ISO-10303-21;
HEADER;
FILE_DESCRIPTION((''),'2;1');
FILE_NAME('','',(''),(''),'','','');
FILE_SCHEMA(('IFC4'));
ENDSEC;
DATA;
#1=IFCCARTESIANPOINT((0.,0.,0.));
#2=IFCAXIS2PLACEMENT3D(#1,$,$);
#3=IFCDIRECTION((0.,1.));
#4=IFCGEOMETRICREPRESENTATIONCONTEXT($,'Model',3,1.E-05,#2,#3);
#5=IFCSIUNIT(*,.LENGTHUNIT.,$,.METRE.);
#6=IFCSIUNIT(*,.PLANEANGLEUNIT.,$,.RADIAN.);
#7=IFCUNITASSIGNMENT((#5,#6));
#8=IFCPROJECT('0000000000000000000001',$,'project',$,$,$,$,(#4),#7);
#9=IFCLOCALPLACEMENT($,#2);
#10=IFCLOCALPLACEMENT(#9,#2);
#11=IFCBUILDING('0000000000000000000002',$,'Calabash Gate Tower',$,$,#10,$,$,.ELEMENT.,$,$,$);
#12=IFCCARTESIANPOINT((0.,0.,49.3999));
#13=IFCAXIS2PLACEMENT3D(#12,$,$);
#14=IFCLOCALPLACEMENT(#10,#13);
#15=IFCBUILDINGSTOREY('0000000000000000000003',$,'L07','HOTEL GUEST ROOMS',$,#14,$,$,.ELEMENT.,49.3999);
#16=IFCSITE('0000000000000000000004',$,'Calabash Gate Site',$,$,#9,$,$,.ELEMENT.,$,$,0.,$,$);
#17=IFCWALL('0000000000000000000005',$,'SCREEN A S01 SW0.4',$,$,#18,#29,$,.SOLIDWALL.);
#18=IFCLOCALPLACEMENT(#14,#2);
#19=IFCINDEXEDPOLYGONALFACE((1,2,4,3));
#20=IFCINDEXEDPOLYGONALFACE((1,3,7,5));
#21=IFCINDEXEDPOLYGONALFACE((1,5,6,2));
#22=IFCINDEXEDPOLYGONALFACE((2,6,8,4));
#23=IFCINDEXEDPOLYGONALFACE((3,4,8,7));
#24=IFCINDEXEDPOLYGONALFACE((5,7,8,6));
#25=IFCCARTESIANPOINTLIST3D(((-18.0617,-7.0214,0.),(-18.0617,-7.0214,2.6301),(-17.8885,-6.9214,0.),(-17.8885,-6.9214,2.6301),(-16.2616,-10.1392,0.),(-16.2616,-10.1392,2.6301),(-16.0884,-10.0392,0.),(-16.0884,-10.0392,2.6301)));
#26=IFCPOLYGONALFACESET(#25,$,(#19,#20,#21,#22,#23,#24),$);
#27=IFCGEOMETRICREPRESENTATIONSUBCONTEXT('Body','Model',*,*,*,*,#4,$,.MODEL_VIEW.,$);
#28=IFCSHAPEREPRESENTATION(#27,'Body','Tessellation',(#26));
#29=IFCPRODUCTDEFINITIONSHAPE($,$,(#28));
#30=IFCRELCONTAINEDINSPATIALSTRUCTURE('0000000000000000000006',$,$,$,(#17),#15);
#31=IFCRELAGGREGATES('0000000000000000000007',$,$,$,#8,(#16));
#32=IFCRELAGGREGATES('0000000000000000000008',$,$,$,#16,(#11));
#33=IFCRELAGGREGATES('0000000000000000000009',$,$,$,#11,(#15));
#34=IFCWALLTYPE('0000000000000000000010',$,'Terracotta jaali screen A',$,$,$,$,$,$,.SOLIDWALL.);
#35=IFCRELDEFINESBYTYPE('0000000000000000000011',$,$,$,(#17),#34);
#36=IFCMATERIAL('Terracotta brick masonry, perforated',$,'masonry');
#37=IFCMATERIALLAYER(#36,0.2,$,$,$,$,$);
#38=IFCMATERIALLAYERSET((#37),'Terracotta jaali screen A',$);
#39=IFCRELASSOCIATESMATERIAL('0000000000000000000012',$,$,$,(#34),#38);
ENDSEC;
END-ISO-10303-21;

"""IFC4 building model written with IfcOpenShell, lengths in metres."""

from ifc_helpers import new_model, si_unit, direction, frame, frame_2d, origin, place, context, subcontext, project, spatial, rectangle, extrude, material, layer, layer_set, type_object, element, save


model = new_model("IFC4")

# Units and contexts
model_context = context("Model", 3, precision=1e-05, world=origin(), true_north=direction((0.0, 1.0)))
body_context = subcontext(model_context, "Body", "Model", "MODEL_VIEW")
ifc_project = project(units=[si_unit("LENGTHUNIT", "METRE"), si_unit("PLANEANGLEUNIT", "RADIAN")], contexts=[model_context])

# Site, building, storey
site_placement = place(None, origin())
site = spatial("IfcSite", under=ifc_project, at=site_placement, Name="Calabash Gate Site", CompositionType="ELEMENT", RefElevation=0.0)
building_placement = place(site_placement, origin())
building = spatial("IfcBuilding", under=site, at=building_placement, Name="Calabash Gate Tower", CompositionType="ELEMENT")
storey_placement = place(building_placement, frame((0.0, 0.0, 49.3999)))
storey = spatial("IfcBuildingStorey", under=building, at=storey_placement, Name="L07", Description="HOTEL GUEST ROOMS", CompositionType="ELEMENT", Elevation=49.3999)

# Wall
ifc_material_1 = material(Name="Terracotta brick masonry, perforated", Category="masonry")
ifc_layer_1 = layer(ifc_material_1, 0.2)
ifc_layer_set_1 = layer_set([ifc_layer_1], Name="Terracotta jaali screen A")
wall_type_1 = type_object("IfcWallType", Name="Terracotta jaali screen A", PredefinedType="SOLIDWALL", material=ifc_layer_set_1)
for number, where, z_axis, x_axis, name in (
    (1, (-17.9751, -6.9714, 0.0), (0.0, 0.0, 1.0), (0.500012, -0.866018, 0.0), "SCREEN A S01 SW0.4"),
):
    element("IfcWall", number, at=place(storey_placement, frame(where, z_axis=z_axis, x_axis=x_axis)), inside=storey, type_object=wall_type_1, Name=name, PredefinedType="SOLIDWALL", context=body_context, shape_type="SweptSolid", body=[
        extrude(rectangle(XDim=3.6001, YDim=0.2, at=frame_2d((1.8, 0.0))), origin(), (0.0, 0.0, 1.0), 2.6301),
    ])

save(model, "model.ifc")
